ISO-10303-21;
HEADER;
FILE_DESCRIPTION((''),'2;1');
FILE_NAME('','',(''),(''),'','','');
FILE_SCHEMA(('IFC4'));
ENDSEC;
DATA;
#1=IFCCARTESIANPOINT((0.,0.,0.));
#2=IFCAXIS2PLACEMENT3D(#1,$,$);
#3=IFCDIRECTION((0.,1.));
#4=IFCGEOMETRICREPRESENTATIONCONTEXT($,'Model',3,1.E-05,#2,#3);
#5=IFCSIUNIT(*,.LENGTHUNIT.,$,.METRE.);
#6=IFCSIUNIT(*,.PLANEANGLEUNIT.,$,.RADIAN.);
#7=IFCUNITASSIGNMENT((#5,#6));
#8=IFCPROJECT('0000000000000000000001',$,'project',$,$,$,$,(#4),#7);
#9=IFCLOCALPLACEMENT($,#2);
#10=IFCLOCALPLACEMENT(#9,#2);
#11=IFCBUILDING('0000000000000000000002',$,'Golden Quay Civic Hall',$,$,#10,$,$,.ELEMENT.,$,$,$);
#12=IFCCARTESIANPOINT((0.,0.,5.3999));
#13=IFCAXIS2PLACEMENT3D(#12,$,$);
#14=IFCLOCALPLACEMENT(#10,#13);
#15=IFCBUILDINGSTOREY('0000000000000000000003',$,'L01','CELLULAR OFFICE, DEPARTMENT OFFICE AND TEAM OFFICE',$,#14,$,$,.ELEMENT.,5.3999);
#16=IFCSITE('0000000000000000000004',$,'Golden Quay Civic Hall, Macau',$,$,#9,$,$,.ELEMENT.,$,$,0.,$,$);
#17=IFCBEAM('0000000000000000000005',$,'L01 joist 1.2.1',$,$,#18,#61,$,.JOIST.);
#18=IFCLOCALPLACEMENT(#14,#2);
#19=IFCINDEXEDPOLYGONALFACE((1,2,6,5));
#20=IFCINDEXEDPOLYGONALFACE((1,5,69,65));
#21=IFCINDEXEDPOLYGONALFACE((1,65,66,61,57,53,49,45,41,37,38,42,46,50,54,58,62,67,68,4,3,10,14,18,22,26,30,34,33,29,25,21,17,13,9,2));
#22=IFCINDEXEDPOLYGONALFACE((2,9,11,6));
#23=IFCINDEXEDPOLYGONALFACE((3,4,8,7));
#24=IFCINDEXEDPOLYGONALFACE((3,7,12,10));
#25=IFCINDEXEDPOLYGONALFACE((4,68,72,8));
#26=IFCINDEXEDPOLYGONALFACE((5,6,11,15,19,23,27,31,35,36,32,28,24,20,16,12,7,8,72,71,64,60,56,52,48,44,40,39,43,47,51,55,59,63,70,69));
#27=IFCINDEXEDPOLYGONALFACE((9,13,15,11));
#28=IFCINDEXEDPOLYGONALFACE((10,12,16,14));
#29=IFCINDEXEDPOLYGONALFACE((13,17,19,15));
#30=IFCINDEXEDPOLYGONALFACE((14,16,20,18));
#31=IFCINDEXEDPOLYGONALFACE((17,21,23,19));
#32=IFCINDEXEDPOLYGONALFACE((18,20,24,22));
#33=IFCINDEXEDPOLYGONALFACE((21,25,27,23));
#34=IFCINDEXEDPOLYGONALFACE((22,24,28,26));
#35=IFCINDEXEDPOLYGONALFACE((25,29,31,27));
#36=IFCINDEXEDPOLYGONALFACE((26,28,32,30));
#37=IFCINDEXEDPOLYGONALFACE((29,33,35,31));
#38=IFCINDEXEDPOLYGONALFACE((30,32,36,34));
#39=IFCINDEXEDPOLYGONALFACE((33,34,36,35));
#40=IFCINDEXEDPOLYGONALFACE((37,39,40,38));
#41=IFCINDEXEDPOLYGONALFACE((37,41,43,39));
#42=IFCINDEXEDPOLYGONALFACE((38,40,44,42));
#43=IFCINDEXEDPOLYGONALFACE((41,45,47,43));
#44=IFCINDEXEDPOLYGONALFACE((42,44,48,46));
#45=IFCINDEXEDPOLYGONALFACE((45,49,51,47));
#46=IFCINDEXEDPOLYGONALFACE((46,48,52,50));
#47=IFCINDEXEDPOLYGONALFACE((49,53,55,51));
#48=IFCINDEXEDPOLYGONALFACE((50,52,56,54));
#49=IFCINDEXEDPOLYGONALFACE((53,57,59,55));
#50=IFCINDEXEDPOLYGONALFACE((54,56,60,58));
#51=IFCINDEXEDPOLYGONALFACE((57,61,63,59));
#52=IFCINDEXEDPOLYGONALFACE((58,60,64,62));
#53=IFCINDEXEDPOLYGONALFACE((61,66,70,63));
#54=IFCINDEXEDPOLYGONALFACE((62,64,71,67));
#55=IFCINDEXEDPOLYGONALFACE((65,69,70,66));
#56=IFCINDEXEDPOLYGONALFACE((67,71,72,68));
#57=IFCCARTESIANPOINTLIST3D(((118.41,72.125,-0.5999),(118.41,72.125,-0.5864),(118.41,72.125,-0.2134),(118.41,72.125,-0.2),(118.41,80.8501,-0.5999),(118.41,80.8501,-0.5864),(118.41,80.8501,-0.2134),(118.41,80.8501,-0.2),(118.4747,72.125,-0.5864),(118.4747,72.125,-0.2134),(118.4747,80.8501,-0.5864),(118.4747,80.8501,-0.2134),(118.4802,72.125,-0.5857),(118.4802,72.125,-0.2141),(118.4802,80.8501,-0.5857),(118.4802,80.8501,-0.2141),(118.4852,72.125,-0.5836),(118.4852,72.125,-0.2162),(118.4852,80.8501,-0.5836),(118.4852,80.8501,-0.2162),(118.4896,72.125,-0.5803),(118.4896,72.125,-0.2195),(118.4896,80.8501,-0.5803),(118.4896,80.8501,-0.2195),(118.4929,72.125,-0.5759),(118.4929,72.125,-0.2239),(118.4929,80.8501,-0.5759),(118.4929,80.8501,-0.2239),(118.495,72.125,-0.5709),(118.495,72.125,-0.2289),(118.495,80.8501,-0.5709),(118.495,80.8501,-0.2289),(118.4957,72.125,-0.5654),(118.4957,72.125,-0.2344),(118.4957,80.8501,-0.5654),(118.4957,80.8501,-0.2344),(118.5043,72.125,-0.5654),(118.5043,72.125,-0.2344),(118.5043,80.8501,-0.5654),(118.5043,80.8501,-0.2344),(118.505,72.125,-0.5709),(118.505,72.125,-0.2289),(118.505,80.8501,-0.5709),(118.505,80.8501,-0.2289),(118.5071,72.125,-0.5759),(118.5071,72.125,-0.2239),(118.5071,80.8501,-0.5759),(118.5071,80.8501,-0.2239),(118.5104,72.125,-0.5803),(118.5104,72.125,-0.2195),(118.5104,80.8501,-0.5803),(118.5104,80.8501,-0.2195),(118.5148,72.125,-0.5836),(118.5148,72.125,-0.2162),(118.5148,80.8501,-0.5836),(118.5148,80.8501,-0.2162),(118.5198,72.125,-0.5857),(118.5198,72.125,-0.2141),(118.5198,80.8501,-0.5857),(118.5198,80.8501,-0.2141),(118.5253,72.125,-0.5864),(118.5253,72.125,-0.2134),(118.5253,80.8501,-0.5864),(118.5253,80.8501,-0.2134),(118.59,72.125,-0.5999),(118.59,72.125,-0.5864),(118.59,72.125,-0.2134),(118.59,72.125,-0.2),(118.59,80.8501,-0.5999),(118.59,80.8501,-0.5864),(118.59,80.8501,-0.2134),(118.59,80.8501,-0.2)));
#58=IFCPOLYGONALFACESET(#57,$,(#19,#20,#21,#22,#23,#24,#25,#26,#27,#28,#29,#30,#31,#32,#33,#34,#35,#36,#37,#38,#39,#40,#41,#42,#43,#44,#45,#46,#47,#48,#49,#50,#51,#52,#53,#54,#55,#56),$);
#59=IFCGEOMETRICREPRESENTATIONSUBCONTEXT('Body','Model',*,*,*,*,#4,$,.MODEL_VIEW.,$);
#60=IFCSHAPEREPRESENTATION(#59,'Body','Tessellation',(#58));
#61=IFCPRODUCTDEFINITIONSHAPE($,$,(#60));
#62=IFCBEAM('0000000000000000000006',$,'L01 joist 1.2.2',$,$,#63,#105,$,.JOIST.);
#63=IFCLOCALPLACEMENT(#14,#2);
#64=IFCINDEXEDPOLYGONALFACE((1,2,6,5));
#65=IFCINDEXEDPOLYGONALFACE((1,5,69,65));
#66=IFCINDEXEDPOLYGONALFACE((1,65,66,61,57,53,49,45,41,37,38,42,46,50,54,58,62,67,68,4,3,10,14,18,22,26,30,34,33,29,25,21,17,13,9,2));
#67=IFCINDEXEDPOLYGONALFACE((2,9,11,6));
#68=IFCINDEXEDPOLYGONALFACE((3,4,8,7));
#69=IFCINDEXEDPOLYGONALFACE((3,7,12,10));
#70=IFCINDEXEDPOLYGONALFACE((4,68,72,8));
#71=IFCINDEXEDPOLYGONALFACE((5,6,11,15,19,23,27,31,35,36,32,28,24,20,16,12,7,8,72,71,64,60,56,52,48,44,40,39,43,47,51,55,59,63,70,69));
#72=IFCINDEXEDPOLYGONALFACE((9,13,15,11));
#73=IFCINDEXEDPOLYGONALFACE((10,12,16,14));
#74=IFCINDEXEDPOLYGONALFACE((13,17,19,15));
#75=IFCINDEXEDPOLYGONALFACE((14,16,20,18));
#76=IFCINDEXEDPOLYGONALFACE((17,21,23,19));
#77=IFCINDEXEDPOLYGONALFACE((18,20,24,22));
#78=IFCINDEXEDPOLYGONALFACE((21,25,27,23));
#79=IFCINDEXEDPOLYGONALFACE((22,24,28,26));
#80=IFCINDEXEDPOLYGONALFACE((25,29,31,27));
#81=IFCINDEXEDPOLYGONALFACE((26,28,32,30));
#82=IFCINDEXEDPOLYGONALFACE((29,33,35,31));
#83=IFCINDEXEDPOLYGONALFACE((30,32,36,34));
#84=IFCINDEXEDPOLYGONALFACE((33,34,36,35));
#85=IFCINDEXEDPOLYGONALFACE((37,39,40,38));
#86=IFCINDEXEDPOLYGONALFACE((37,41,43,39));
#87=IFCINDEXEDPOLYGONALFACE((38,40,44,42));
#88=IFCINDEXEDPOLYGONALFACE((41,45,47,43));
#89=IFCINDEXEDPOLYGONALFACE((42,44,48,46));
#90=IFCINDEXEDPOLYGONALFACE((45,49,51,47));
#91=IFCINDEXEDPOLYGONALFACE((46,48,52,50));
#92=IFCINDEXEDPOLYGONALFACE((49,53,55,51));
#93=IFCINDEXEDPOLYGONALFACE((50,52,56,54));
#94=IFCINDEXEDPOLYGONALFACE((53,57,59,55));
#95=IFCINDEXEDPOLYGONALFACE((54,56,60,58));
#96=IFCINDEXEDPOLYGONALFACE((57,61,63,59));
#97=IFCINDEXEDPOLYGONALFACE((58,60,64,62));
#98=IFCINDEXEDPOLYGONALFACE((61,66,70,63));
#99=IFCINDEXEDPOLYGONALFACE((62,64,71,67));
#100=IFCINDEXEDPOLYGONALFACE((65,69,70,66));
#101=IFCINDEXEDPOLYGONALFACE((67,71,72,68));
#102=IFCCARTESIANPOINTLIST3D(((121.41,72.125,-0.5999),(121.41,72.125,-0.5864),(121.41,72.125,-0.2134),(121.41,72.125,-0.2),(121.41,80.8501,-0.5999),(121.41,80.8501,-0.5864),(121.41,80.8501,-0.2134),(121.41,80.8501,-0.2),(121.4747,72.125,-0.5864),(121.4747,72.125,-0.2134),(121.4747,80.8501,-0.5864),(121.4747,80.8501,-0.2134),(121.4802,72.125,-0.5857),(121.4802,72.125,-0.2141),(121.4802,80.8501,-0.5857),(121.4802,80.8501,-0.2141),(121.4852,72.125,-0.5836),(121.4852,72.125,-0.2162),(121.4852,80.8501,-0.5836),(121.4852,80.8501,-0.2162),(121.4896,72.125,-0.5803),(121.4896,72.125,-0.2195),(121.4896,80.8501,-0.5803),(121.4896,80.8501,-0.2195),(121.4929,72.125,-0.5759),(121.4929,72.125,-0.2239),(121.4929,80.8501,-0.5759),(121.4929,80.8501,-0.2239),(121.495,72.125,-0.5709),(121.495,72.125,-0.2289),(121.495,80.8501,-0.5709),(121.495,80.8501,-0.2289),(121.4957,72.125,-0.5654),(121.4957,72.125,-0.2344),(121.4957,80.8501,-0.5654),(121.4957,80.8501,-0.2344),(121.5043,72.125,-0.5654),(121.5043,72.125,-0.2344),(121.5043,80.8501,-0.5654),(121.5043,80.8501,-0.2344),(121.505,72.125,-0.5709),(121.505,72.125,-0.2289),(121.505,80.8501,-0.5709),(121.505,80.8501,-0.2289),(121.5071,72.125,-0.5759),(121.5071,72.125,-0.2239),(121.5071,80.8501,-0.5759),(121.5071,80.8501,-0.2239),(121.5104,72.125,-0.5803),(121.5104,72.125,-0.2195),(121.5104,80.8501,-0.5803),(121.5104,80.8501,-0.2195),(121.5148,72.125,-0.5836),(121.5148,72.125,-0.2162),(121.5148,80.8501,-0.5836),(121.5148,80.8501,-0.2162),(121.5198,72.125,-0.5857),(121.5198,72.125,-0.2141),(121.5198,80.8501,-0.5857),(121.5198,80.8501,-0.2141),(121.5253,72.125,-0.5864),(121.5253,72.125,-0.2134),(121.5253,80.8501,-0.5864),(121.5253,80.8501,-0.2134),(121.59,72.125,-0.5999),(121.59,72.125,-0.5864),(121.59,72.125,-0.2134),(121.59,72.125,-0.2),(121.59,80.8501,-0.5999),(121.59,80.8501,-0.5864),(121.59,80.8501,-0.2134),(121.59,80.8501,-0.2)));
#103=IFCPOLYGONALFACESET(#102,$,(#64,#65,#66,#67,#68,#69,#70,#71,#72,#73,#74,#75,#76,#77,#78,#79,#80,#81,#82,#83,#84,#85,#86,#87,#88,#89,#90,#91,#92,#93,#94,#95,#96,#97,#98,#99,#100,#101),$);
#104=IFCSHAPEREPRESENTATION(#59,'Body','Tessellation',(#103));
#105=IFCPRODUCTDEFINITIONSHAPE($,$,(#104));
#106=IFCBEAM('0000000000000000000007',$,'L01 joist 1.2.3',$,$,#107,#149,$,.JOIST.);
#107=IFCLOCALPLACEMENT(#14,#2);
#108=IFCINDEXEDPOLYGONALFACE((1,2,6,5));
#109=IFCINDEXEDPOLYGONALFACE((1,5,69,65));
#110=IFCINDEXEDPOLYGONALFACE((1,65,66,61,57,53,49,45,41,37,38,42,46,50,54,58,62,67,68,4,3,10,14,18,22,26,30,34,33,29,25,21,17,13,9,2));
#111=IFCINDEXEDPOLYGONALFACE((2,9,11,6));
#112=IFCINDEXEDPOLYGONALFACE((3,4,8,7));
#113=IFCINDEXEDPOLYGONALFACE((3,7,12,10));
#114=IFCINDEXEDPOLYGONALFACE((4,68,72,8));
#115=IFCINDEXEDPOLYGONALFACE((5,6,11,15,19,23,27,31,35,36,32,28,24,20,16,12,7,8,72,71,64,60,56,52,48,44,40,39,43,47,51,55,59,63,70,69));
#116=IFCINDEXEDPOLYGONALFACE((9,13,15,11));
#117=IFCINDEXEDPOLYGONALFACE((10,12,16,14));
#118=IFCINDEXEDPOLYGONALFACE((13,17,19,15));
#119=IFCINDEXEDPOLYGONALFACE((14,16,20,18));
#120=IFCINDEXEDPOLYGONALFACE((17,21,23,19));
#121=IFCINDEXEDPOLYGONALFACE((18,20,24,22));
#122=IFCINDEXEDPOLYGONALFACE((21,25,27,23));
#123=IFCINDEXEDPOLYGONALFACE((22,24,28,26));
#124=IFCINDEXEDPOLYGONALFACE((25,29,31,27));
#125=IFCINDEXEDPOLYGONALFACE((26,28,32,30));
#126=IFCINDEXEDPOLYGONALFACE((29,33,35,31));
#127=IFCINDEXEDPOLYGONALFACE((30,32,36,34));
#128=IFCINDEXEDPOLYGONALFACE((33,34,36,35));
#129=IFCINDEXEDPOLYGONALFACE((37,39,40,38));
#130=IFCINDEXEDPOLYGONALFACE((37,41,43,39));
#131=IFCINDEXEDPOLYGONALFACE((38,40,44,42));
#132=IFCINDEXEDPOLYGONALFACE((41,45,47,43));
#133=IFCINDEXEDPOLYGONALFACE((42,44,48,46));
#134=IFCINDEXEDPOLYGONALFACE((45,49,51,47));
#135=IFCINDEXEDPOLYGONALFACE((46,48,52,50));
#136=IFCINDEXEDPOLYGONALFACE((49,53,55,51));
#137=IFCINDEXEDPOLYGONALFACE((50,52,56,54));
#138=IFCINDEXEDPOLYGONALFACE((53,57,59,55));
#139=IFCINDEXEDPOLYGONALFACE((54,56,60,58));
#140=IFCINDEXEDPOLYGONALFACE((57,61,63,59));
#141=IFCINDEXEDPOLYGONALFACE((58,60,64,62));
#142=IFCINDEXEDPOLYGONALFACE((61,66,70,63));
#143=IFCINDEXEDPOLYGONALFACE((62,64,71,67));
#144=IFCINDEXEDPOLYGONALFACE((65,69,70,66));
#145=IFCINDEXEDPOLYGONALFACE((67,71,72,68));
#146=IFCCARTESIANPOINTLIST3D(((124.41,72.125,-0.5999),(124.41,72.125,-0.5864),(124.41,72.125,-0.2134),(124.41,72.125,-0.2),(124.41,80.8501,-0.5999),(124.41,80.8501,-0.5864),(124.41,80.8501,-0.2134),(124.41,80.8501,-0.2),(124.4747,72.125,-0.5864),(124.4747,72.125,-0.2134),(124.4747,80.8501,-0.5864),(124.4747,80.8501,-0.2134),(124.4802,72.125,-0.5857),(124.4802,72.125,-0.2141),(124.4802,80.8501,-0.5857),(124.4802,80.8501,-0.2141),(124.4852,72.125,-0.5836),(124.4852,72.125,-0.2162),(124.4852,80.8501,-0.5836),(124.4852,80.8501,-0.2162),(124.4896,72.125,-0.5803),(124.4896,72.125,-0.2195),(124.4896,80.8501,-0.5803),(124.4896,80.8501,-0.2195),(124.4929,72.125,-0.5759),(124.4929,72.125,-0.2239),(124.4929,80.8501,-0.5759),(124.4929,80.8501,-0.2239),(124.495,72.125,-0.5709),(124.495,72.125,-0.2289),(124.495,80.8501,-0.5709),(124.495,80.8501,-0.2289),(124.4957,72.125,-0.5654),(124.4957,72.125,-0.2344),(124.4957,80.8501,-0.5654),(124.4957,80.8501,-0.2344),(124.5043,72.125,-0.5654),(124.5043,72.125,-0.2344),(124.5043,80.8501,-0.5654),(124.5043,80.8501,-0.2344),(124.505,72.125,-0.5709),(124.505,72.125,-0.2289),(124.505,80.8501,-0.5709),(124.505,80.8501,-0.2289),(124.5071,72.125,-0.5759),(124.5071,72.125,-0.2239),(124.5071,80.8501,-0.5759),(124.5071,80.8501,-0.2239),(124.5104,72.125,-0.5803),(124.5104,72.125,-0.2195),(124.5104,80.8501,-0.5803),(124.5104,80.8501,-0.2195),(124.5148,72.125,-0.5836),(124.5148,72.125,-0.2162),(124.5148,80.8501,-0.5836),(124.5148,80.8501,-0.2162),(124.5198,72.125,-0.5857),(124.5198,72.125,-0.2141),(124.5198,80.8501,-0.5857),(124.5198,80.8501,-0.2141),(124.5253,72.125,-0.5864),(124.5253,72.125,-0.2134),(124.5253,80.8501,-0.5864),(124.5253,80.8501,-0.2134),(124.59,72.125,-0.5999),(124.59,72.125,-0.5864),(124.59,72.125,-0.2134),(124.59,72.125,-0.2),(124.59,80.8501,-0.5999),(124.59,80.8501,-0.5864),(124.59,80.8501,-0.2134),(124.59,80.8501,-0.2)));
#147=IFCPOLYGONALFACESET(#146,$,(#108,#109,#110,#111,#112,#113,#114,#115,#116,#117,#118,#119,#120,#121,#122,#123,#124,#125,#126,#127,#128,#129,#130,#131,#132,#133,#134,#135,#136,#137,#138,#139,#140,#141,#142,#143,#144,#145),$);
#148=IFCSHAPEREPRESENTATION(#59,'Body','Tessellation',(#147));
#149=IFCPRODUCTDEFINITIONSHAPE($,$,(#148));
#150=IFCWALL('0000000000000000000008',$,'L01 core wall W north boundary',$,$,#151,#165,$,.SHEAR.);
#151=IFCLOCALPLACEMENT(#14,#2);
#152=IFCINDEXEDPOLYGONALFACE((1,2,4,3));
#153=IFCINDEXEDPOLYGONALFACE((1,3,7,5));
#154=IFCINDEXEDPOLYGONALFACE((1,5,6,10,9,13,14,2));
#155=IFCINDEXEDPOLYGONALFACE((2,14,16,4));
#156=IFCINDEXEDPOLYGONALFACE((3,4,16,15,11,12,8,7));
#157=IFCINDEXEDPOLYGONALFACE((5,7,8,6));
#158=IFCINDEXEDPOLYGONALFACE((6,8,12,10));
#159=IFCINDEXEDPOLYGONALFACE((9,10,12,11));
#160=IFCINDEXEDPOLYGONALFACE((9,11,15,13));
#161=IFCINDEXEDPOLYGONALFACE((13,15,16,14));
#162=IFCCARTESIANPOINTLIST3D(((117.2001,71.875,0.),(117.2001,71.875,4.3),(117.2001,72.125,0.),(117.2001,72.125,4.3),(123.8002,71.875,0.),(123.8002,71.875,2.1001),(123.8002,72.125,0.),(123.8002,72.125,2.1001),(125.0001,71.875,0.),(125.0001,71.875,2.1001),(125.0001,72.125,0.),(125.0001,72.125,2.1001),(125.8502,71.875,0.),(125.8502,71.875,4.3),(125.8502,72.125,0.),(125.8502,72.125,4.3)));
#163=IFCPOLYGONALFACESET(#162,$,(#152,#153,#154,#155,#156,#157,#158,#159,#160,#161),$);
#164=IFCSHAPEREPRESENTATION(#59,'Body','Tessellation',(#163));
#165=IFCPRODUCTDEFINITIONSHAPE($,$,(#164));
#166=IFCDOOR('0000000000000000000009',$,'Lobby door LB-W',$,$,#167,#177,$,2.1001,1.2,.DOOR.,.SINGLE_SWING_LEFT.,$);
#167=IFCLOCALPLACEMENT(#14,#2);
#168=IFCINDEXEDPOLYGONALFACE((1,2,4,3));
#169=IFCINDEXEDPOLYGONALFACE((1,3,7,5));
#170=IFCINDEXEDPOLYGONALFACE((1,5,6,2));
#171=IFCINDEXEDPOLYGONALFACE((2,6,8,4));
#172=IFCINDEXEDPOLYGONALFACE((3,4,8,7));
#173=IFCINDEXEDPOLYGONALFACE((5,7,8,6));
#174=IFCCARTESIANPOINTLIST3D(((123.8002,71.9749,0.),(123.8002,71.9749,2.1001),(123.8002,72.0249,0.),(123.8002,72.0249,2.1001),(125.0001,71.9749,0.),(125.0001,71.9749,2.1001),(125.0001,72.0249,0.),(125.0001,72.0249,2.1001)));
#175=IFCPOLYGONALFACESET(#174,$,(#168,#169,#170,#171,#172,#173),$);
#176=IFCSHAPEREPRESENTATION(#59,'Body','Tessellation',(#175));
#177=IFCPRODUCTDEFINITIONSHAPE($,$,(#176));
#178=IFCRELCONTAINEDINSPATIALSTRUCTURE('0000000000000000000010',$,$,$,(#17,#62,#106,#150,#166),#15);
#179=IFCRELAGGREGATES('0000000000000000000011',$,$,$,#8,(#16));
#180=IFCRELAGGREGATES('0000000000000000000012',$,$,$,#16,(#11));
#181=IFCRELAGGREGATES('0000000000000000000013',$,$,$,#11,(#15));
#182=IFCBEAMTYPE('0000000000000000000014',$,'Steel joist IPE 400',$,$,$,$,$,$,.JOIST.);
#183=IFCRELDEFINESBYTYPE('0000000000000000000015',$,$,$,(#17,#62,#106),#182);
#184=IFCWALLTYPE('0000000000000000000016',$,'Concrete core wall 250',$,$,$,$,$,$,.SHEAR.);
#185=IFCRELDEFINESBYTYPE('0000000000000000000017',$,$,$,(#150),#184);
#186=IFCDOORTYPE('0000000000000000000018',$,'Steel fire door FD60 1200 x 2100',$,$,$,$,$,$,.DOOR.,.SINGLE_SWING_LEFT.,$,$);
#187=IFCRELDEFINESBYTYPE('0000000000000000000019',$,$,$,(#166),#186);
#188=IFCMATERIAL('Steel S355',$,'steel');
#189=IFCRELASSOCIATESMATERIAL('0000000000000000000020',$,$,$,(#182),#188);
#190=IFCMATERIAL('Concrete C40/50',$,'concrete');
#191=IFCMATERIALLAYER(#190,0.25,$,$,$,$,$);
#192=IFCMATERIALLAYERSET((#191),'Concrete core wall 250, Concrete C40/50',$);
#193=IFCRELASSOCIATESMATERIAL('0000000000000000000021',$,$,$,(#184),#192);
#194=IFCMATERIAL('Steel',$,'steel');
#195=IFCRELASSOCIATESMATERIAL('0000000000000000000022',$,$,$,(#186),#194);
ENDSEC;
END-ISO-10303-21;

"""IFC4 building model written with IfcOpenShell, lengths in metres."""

from ifc_helpers import new_model, si_unit, direction, frame, frame_2d, origin, origin_2d, place, context, subcontext, project, spatial, rectangle, i_section, extrude, material, layer, layer_set, material_profile, profile_set, type_object, element, fill, save


model = new_model("IFC4")

# Units and contexts
model_context = context("Model", 3, precision=1e-05, world=origin(), true_north=direction((0.0, 1.0)))
body_context = subcontext(model_context, "Body", "Model", "MODEL_VIEW")
ifc_project = project(units=[si_unit("LENGTHUNIT", "METRE"), si_unit("PLANEANGLEUNIT", "RADIAN")], contexts=[model_context])

# Site, building, storey
site_placement = place(None, origin())
site = spatial("IfcSite", under=ifc_project, at=site_placement, Name="Golden Quay Civic Hall, Macau", CompositionType="ELEMENT", RefElevation=0.0)
building_placement = place(site_placement, origin())
building = spatial("IfcBuilding", under=site, at=building_placement, Name="Golden Quay Civic Hall", CompositionType="ELEMENT")
storey_placement = place(building_placement, frame((0.0, 0.0, 5.3999)))
storey = spatial("IfcBuildingStorey", under=building, at=storey_placement, Name="L01", Description="CELLULAR OFFICE, DEPARTMENT OFFICE AND TEAM OFFICE", CompositionType="ELEMENT", Elevation=5.3999)

# Beams
ifc_material_1 = material(Name="Steel S355", Category="steel")
ifc_material_profile_1 = material_profile(ifc_material_1, i_section(OverallWidth=0.1799, OverallDepth=0.3999, WebThickness=0.0085, FlangeThickness=0.0134, FilletRadius=0.021, at=origin_2d()), Name="IPE 400")
ifc_profile_set_1 = profile_set([ifc_material_profile_1], Name="Steel S355")
beam_type_1 = type_object("IfcBeamType", Name="Steel joist IPE 400", PredefinedType="JOIST", material=ifc_profile_set_1)
for number, where, z_axis, x_axis, name in (
    (1, (118.5, 72.125, -0.3999), (0.0, 1.0, 0.0), (-1.0, 0.0, 0.0), "L01 joist 1.2.1"),
    (2, (121.5, 72.125, -0.3999), (0.0, 1.0, 0.0), (-1.0, 0.0, 0.0), "L01 joist 1.2.2"),
    (3, (124.5, 72.125, -0.3999), (0.0, 1.0, 0.0), (-1.0, 0.0, 0.0), "L01 joist 1.2.3"),
):
    element("IfcBeam", number, at=place(storey_placement, frame(where, z_axis=z_axis, x_axis=x_axis)), inside=storey, type_object=beam_type_1, Name=name, PredefinedType="JOIST", context=body_context, shape_type="SweptSolid", body=[
        extrude(i_section(OverallWidth=0.1799, OverallDepth=0.3999, WebThickness=0.0085, FlangeThickness=0.0134, FilletRadius=0.021, at=origin_2d()), origin(), (0.0, 0.0, 1.0), 8.7251),
    ])

# Wall, opening, door
ifc_material_2 = material(Name="Concrete C40/50", Category="concrete")
ifc_layer_1 = layer(ifc_material_2, 0.25)
ifc_layer_set_1 = layer_set([ifc_layer_1], Name="Concrete core wall 250, Concrete C40/50")
wall_type_1 = type_object("IfcWallType", Name="Concrete core wall 250", PredefinedType="SHEAR", material=ifc_layer_set_1)
wall_1_placement = place(storey_placement, frame((117.2, 72.0, 0.0), z_axis=(0.0, 0.0, 1.0), x_axis=(1.0, 0.0, 0.0)))
wall_1 = element("IfcWall", 4, at=wall_1_placement, inside=storey, type_object=wall_type_1, Name="L01 core wall W north boundary", PredefinedType="SHEAR", context=body_context, shape_type="SweptSolid", body=[
    extrude(rectangle(XDim=8.6501, YDim=0.25, at=frame_2d((4.3252, 0.0))), origin(), (0.0, 0.0, 1.0), 4.3),
])
opening_1_placement = place(wall_1_placement, frame((6.6001, 0.0, 0.0)))
opening_1 = element("IfcOpeningElement", 5, at=opening_1_placement, cuts=wall_1, PredefinedType="OPENING", context=body_context, shape_type="SweptSolid", body=[
    extrude(rectangle(XDim=1.2, YDim=2.1001, at=frame_2d((0.6001, 1.05))), frame((0.0, 0.135, 0.0), z_axis=(0.0, -1.0, 0.0), x_axis=(1.0, 0.0, 0.0)), (0.0, 0.0, 1.0), 0.27),
])
ifc_material_3 = material(Name="Steel", Category="steel")
door_type_1 = type_object("IfcDoorType", Name="Steel fire door FD60 1200 x 2100", OperationType="SINGLE_SWING_LEFT", PredefinedType="DOOR", material=ifc_material_3)
door_1_placement = place(opening_1_placement, origin())
door_1 = element("IfcDoor", 6, at=door_1_placement, inside=storey, type_object=door_type_1, Name="Lobby door LB-W", OperationType="SINGLE_SWING_LEFT", OverallHeight=2.1001, OverallWidth=1.2, PredefinedType="DOOR", context=body_context, shape_type="SweptSolid", body=[
    extrude(rectangle(XDim=1.2, YDim=2.1001, at=frame_2d((0.6001, 1.05))), frame((0.0, 0.0249, 0.0), z_axis=(0.0, -1.0, 0.0), x_axis=(1.0, 0.0, 0.0)), (0.0, 0.0, 1.0), 0.05),
])
fill(opening_1, door_1)

save(model, "model.ifc")
